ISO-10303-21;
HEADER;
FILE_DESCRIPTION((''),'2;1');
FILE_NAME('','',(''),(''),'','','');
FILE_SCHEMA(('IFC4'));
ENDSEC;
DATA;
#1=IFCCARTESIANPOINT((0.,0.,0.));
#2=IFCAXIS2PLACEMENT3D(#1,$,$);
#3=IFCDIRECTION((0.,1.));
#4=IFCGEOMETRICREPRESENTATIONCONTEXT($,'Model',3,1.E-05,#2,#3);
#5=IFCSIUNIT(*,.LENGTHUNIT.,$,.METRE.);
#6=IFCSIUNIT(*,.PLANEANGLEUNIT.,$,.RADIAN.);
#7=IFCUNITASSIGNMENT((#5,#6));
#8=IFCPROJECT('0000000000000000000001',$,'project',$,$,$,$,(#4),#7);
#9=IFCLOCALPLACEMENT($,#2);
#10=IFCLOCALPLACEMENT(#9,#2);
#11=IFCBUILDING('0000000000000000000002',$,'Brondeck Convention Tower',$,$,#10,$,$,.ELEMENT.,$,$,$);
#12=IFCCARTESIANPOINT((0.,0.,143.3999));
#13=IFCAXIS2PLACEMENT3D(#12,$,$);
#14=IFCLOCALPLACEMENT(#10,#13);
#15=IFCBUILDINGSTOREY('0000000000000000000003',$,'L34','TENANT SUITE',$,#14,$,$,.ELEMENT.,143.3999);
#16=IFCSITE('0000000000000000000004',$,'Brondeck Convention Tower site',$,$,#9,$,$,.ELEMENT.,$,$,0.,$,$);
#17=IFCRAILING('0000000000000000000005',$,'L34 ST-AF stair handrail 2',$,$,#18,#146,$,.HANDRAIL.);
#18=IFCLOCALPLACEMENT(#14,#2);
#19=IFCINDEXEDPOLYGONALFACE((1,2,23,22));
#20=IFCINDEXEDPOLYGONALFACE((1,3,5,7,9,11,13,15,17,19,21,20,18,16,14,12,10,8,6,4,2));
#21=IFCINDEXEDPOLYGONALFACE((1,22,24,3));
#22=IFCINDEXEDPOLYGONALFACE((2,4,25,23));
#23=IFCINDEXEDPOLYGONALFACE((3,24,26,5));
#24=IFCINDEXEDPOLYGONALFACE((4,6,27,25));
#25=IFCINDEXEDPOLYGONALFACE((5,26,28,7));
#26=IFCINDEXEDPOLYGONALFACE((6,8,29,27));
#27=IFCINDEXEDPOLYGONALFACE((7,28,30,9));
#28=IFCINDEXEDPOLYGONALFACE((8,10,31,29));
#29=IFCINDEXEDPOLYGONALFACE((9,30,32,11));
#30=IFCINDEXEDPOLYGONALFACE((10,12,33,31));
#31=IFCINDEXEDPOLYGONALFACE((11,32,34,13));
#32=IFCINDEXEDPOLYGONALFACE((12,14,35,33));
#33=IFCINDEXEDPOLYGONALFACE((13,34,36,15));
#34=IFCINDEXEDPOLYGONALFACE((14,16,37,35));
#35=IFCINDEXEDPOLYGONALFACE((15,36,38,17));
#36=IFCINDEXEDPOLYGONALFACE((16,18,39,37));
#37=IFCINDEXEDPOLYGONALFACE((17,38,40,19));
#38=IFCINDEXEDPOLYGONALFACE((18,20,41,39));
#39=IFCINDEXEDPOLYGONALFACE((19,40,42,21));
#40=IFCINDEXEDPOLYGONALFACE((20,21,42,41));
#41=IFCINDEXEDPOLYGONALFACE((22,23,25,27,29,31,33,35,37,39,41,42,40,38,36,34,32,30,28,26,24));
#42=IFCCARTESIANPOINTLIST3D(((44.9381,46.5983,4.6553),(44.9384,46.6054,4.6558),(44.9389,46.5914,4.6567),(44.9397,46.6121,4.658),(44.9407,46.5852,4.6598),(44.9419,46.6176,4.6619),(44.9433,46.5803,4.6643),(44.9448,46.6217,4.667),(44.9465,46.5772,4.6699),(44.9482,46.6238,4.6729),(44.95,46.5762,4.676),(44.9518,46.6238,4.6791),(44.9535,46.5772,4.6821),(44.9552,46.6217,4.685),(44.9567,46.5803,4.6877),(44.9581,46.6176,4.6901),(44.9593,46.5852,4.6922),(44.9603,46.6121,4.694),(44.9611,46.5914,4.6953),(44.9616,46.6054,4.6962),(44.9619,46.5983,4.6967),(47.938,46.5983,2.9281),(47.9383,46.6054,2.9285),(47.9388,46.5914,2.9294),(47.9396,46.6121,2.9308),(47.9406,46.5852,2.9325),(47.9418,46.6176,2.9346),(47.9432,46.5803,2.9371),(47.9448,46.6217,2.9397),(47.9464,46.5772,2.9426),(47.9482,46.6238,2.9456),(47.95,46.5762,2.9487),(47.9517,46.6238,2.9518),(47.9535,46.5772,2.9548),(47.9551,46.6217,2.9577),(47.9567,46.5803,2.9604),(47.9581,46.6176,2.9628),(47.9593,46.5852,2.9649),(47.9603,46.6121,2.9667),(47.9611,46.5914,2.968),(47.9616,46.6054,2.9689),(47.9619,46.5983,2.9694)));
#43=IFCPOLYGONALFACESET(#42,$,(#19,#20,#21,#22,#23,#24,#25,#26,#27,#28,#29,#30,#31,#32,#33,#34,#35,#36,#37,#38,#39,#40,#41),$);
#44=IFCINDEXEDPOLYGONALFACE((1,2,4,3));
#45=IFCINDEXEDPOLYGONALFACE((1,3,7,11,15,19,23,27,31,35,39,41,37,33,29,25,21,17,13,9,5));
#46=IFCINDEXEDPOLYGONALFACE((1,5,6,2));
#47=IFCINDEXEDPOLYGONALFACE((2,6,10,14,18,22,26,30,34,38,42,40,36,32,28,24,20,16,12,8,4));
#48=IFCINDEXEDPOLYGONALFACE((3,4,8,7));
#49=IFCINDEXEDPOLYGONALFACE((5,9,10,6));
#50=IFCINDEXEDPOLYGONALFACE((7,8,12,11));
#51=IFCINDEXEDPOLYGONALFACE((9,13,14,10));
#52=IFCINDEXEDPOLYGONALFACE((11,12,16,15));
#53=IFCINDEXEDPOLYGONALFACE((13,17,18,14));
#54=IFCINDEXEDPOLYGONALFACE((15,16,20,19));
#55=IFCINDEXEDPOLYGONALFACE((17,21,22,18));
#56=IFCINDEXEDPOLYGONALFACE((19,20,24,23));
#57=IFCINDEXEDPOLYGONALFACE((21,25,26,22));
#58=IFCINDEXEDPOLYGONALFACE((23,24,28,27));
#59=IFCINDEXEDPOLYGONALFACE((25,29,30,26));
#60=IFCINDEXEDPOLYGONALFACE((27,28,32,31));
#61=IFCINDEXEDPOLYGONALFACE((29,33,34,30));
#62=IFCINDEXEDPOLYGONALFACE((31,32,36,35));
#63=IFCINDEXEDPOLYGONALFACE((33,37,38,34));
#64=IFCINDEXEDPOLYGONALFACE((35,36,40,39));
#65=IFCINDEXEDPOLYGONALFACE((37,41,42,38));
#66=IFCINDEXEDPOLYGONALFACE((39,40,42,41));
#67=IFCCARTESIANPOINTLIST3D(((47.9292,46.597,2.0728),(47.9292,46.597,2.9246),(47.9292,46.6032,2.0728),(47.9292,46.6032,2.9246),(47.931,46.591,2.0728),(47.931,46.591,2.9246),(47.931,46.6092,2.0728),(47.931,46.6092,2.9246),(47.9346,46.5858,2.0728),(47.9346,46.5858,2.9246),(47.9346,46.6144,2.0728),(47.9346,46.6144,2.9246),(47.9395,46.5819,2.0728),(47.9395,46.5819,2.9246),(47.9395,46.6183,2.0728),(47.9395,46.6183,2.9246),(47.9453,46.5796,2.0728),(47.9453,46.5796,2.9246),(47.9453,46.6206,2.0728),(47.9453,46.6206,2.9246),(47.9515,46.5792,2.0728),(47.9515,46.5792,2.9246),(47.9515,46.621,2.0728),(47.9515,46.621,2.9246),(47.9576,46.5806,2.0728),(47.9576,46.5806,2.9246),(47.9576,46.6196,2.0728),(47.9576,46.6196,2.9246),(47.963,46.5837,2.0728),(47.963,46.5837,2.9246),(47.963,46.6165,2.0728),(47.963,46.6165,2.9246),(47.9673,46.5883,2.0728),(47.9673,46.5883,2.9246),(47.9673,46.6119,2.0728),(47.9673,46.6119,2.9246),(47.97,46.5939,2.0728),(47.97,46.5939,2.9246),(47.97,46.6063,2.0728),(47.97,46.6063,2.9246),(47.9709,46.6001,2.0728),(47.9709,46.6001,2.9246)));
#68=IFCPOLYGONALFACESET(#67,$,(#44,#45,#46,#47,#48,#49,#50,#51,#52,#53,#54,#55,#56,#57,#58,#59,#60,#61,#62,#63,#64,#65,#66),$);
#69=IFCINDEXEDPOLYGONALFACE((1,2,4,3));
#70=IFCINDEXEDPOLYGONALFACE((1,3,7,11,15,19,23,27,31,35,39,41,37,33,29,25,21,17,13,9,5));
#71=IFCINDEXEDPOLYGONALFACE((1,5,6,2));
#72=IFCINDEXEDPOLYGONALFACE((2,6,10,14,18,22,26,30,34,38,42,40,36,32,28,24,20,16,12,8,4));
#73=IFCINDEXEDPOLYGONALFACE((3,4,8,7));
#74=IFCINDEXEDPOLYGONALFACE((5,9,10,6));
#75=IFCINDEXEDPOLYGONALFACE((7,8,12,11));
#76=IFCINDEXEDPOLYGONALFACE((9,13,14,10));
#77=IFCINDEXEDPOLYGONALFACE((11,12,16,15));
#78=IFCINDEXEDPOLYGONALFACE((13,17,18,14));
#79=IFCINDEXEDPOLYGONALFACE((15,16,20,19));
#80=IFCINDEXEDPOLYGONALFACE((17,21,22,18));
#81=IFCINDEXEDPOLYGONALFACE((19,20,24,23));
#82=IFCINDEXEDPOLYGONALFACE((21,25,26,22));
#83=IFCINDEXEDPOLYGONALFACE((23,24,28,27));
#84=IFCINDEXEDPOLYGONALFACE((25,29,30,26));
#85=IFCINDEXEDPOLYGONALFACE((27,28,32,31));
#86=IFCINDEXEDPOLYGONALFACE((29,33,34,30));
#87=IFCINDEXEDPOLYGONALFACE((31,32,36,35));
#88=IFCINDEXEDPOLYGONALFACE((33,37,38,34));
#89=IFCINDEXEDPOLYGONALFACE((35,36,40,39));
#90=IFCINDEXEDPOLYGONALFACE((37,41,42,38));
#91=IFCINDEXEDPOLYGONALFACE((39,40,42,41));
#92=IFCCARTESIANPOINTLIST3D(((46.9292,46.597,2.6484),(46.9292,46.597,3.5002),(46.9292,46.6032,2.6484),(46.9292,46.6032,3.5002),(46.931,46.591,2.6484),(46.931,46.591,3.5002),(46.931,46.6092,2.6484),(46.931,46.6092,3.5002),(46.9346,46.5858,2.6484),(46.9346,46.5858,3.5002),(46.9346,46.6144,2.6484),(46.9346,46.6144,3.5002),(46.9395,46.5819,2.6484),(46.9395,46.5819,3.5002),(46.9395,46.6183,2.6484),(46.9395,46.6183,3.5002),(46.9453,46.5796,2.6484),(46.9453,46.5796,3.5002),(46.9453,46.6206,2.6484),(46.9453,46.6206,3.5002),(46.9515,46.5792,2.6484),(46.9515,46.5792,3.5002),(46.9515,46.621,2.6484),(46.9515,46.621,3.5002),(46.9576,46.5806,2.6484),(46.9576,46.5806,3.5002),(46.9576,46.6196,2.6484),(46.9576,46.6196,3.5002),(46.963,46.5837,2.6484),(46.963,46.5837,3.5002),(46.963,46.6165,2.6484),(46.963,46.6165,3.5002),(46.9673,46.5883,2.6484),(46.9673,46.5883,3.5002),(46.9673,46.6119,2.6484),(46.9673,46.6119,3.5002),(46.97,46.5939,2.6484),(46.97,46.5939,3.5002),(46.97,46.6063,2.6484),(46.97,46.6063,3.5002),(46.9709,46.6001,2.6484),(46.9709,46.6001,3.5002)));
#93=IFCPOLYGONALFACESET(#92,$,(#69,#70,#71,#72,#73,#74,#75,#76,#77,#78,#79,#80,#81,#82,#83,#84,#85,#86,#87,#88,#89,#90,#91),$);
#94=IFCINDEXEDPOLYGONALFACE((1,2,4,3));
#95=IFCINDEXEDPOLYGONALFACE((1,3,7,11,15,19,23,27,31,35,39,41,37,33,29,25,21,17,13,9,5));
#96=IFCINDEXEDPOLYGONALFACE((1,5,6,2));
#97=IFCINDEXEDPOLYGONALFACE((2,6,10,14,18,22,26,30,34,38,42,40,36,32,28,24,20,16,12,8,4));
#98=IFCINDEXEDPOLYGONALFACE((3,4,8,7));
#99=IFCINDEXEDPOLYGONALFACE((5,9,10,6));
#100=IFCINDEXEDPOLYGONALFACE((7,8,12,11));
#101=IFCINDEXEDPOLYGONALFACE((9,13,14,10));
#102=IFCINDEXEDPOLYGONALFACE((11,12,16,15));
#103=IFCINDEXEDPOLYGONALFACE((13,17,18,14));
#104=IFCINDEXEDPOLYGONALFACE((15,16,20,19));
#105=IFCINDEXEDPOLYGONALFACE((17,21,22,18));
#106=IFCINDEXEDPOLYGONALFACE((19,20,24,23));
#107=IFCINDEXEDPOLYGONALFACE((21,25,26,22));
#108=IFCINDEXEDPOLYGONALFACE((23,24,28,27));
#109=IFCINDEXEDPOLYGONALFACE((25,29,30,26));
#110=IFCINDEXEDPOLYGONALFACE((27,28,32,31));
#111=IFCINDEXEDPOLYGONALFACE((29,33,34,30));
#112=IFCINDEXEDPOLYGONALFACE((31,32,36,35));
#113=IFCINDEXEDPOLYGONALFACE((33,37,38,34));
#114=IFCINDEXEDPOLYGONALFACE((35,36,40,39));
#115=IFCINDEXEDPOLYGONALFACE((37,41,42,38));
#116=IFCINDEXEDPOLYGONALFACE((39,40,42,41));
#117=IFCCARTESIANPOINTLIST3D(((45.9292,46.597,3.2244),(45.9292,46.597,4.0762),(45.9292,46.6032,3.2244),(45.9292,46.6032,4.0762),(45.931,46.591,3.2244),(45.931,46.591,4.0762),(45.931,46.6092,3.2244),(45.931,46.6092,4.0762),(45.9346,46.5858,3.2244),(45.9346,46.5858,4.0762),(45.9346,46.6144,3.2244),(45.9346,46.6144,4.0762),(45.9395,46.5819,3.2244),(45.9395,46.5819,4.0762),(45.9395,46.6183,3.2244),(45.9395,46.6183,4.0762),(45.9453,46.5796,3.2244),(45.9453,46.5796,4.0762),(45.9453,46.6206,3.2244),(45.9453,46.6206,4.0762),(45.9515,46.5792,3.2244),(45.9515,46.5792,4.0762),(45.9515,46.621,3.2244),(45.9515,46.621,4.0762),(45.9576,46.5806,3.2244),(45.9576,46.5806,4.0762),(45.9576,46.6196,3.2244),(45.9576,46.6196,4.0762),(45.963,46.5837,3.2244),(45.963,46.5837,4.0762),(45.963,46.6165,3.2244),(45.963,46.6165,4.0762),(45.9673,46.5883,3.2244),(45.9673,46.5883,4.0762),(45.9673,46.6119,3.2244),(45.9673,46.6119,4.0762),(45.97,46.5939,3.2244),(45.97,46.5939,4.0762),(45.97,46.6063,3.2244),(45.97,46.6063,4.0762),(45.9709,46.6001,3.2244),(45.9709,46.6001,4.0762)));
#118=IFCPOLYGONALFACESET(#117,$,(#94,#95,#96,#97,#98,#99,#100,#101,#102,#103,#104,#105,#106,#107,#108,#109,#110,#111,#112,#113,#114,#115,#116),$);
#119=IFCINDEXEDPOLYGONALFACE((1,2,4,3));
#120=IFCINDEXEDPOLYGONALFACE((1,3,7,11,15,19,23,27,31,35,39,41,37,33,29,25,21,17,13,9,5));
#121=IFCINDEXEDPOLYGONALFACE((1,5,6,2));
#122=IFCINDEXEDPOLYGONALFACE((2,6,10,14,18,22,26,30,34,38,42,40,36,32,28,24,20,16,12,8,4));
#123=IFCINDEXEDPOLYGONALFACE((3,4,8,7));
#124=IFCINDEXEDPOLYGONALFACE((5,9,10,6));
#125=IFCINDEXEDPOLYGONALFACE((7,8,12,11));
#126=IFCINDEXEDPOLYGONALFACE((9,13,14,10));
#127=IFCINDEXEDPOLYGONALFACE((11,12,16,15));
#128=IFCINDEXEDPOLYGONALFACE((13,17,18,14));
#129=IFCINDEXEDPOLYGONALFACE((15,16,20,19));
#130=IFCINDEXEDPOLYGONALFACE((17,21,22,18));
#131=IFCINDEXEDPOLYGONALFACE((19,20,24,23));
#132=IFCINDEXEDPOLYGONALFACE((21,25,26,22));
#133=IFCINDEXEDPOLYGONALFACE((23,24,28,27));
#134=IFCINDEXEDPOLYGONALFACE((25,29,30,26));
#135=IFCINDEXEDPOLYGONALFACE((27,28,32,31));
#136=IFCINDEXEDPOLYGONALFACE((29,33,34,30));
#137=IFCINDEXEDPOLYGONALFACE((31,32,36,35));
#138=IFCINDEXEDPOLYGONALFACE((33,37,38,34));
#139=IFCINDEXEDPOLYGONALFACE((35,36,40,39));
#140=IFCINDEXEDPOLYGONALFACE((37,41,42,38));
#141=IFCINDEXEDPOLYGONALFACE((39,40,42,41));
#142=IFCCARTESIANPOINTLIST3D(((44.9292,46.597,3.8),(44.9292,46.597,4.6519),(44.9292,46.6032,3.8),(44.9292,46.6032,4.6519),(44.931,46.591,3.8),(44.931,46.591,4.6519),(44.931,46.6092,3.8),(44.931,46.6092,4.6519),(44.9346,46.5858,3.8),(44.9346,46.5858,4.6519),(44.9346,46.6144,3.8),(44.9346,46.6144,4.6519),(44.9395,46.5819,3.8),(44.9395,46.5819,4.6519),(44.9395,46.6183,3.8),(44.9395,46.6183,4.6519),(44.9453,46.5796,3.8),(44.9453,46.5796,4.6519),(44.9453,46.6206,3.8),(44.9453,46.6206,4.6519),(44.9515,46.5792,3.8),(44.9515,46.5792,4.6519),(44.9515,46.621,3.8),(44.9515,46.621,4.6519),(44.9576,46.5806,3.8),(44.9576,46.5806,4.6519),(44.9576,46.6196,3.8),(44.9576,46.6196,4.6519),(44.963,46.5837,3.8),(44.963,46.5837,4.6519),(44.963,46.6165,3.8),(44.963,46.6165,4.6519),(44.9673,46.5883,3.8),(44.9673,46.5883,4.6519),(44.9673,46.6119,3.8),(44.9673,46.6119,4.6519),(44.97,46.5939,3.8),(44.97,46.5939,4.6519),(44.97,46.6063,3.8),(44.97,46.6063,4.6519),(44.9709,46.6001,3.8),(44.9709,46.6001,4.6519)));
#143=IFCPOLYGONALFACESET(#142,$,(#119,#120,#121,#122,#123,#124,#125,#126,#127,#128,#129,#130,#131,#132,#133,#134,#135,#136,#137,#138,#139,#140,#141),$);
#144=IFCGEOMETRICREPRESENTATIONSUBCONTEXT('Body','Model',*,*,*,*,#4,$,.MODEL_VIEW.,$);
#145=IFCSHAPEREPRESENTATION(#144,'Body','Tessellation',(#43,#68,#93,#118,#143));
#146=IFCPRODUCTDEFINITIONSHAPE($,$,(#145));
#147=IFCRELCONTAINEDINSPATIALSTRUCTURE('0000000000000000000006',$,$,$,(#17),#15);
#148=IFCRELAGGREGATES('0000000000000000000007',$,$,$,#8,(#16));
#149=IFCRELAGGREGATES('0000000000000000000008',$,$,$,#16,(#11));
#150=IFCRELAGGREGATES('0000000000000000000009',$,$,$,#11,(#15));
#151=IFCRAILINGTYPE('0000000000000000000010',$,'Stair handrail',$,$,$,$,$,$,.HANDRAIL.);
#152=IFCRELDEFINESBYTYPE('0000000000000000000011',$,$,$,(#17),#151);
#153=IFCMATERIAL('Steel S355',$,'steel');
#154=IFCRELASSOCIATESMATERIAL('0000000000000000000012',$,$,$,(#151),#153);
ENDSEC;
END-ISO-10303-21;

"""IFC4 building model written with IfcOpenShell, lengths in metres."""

from ifc_helpers import new_model, si_unit, direction, frame, origin, origin_2d, place, context, subcontext, project, spatial, circle, extrude, material, type_object, element, save


model = new_model("IFC4")

# Units and contexts
model_context = context("Model", 3, precision=1e-05, world=origin(), true_north=direction((0.0, 1.0)))
body_context = subcontext(model_context, "Body", "Model", "MODEL_VIEW")
ifc_project = project(units=[si_unit("LENGTHUNIT", "METRE"), si_unit("PLANEANGLEUNIT", "RADIAN")], contexts=[model_context])

# Site, building, storey
site_placement = place(None, origin())
site = spatial("IfcSite", under=ifc_project, at=site_placement, Name="Brondeck Convention Tower site", CompositionType="ELEMENT", RefElevation=0.0)
building_placement = place(site_placement, origin())
building = spatial("IfcBuilding", under=site, at=building_placement, Name="Brondeck Convention Tower", CompositionType="ELEMENT")
storey_placement = place(building_placement, frame((0.0, 0.0, 143.3999)))
storey = spatial("IfcBuildingStorey", under=building, at=storey_placement, Name="L34", Description="TENANT SUITE", CompositionType="ELEMENT", Elevation=143.3999)

# Shared definitions
ifc_material_1 = material(Name="Steel S355", Category="steel")

# Railing
railing_type_1 = type_object("IfcRailingType", Name="Stair handrail", PredefinedType="HANDRAIL", material=ifc_material_1)
railing_1_placement = place(storey_placement, frame((47.95, 46.6001, 2.0728)))
element("IfcRailing", 1, at=railing_1_placement, inside=storey, type_object=railing_type_1, Name="L34 ST-AF stair handrail 2", PredefinedType="HANDRAIL", context=body_context, shape_type="SweptSolid", body=[
    extrude(circle(Radius=0.0239, at=origin_2d()), frame((0.0, 0.0, 0.876), z_axis=(-0.86662, 0.0, 0.498969), x_axis=(0.0, -1.0, 0.0)), (0.0, 0.0, 1.0), 3.4617),
    extrude(circle(Radius=0.021, at=origin_2d()), origin(), (0.0, 0.0, 1.0), 0.8518),
    extrude(circle(Radius=0.021, at=origin_2d()), frame((-1.0, 0.0, 0.5757)), (0.0, 0.0, 1.0), 0.8518),
    extrude(circle(Radius=0.021, at=origin_2d()), frame((-2.0, 0.0, 1.1516)), (0.0, 0.0, 1.0), 0.8518),
    extrude(circle(Radius=0.021, at=origin_2d()), frame((-3.0, 0.0, 1.7273)), (0.0, 0.0, 1.0), 0.8518),
])

save(model, "model.ifc")
